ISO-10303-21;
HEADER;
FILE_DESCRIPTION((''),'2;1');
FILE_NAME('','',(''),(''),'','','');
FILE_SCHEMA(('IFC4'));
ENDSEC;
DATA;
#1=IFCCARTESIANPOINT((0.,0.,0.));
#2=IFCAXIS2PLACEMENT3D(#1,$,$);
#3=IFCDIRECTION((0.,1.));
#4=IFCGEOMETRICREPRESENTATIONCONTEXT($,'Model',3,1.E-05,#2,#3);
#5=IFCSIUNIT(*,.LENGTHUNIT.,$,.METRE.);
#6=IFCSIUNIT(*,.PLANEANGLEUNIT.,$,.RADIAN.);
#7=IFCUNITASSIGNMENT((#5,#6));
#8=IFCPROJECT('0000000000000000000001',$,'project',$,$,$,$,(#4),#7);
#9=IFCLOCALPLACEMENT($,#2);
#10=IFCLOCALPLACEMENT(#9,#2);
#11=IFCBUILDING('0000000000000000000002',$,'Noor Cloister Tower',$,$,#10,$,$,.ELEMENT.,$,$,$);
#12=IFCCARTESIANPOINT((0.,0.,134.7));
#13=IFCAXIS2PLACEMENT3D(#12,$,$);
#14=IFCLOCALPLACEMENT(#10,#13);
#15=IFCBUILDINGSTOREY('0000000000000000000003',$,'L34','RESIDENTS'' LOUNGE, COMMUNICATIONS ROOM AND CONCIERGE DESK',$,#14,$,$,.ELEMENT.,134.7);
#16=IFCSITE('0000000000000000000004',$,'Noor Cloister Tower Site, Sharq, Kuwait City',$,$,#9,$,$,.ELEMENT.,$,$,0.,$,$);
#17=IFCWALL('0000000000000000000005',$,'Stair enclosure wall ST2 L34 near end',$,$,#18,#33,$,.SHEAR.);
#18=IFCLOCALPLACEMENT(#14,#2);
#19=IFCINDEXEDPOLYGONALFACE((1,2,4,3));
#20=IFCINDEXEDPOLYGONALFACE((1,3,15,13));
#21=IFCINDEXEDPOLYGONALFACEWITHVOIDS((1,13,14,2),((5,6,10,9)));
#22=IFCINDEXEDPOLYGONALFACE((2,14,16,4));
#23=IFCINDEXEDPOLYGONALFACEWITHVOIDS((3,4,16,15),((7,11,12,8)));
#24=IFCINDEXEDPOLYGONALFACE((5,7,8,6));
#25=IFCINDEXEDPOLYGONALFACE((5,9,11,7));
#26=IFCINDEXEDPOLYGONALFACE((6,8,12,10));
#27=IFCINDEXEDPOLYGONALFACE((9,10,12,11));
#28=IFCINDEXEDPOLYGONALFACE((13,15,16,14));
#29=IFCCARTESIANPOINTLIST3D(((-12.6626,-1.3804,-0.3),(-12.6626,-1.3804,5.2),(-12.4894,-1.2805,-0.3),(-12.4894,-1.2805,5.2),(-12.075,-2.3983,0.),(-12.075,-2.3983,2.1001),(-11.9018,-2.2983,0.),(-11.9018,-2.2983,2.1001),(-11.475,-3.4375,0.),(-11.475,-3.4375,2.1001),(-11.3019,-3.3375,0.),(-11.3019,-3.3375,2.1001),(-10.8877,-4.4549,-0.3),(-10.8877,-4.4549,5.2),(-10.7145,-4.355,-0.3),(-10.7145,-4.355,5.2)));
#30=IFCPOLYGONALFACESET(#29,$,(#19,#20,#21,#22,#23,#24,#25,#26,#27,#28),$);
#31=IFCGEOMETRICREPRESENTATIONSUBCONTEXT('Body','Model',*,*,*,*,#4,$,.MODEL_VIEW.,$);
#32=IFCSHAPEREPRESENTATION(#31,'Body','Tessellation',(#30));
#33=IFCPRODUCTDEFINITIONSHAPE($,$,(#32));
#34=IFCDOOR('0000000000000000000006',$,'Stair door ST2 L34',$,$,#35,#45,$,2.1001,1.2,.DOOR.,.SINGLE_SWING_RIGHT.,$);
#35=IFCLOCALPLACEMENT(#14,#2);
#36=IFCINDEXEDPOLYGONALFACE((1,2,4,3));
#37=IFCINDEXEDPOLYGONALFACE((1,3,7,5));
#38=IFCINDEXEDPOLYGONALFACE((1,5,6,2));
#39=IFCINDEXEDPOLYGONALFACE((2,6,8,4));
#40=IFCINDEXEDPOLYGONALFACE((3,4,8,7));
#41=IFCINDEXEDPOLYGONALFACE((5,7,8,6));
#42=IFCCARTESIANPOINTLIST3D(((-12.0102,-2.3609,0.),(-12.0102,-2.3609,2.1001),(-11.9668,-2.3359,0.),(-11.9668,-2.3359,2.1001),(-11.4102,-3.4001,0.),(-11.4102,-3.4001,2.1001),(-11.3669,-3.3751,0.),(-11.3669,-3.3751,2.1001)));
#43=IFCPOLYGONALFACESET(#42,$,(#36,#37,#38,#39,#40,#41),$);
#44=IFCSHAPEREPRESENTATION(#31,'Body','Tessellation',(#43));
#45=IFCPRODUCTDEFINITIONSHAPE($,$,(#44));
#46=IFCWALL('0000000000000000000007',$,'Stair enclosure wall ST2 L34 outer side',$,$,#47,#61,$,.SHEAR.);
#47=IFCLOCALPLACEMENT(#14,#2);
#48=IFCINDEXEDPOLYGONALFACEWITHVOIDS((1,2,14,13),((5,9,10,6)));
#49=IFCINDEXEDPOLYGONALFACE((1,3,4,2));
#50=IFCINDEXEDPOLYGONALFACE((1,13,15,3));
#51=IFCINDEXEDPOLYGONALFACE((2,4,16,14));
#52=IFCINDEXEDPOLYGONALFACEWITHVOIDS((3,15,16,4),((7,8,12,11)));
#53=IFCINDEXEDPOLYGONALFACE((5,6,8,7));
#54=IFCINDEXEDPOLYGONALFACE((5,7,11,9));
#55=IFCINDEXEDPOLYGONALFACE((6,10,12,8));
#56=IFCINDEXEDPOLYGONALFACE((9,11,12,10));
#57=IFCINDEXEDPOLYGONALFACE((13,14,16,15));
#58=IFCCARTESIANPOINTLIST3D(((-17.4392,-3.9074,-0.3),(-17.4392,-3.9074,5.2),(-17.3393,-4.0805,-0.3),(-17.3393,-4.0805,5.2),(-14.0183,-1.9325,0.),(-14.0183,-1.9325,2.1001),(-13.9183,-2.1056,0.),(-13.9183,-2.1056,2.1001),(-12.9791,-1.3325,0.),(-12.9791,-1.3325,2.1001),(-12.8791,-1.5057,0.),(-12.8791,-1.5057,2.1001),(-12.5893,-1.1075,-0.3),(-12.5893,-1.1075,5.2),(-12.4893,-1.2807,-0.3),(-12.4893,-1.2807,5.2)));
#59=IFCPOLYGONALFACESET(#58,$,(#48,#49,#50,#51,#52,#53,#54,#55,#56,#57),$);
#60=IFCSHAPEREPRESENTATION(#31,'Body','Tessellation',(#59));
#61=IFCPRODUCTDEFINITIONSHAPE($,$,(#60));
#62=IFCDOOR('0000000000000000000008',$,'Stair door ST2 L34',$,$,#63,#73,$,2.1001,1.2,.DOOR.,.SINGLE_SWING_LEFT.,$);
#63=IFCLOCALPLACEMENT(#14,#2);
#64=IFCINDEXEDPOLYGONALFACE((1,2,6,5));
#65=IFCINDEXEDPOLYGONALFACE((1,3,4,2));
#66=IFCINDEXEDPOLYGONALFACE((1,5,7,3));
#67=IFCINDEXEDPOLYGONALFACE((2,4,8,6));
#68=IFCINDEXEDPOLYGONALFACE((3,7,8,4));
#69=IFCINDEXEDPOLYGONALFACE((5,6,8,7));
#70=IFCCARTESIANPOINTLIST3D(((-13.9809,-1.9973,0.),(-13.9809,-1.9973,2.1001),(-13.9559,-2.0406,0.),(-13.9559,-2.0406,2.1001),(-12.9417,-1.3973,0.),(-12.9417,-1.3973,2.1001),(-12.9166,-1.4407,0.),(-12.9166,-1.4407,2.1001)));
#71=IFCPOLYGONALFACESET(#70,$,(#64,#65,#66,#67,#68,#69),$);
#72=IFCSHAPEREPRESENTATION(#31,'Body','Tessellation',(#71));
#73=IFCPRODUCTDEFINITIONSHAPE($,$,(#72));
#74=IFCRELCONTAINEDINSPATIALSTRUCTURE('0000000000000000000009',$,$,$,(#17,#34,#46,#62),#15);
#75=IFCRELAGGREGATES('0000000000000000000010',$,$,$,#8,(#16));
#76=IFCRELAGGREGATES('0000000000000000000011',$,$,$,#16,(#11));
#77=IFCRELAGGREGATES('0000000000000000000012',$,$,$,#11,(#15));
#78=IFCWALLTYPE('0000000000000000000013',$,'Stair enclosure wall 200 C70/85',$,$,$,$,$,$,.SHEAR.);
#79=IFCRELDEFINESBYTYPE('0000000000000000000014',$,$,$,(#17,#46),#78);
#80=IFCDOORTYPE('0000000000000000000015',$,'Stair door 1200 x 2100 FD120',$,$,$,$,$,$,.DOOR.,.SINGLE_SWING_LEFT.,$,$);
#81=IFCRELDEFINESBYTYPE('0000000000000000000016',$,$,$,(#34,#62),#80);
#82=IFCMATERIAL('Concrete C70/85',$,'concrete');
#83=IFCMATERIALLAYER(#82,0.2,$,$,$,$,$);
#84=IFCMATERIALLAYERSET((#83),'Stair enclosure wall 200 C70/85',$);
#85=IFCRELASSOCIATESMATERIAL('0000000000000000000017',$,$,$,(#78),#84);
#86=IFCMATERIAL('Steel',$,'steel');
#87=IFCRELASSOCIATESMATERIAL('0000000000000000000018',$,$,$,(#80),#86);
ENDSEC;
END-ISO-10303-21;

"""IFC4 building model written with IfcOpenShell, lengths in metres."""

from ifc_helpers import new_model, si_unit, direction, frame, frame_2d, origin, place, context, subcontext, project, spatial, rectangle, extrude, material, layer, layer_set, type_object, element, fill, save


model = new_model("IFC4")

# Units and contexts
model_context = context("Model", 3, precision=1e-05, world=origin(), true_north=direction((0.0, 1.0)))
body_context = subcontext(model_context, "Body", "Model", "MODEL_VIEW")
ifc_project = project(units=[si_unit("LENGTHUNIT", "METRE"), si_unit("PLANEANGLEUNIT", "RADIAN")], contexts=[model_context])

# Site, building, storey
site_placement = place(None, origin())
site = spatial("IfcSite", under=ifc_project, at=site_placement, Name="Noor Cloister Tower Site, Sharq, Kuwait City", CompositionType="ELEMENT", RefElevation=0.0)
building_placement = place(site_placement, origin())
building = spatial("IfcBuilding", under=site, at=building_placement, Name="Noor Cloister Tower", CompositionType="ELEMENT")
storey_placement = place(building_placement, frame((0.0, 0.0, 134.7)))
storey = spatial("IfcBuildingStorey", under=building, at=storey_placement, Name="L34", Description="RESIDENTS' LOUNGE, COMMUNICATIONS ROOM AND CONCIERGE DESK", CompositionType="ELEMENT", Elevation=134.7)

# Walls, openings, doors
ifc_material_1 = material(Name="Concrete C70/85", Category="concrete")
ifc_layer_1 = layer(ifc_material_1, 0.2)
ifc_layer_set_1 = layer_set([ifc_layer_1], Name="Stair enclosure wall 200 C70/85")
wall_type_1 = type_object("IfcWallType", Name="Stair enclosure wall 200 C70/85", PredefinedType="SHEAR", material=ifc_layer_set_1)
wall_1_placement = place(storey_placement, frame((-12.5759, -1.3306, -0.3), z_axis=(0.0, 0.0, 1.0), x_axis=(0.49997, -0.866042, 0.0)))
wall_1 = element("IfcWall", 1, at=wall_1_placement, inside=storey, type_object=wall_type_1, Name="Stair enclosure wall ST2 L34 near end", PredefinedType="SHEAR", context=body_context, shape_type="SweptSolid", body=[
    extrude(rectangle(XDim=3.55, YDim=0.2, at=frame_2d((1.7749, 0.0))), origin(), (0.0, 0.0, 1.0), 5.5),
])
opening_1_placement = place(wall_1_placement, frame((1.175, 0.0, 0.3)))
opening_1 = element("IfcOpeningElement", 2, at=opening_1_placement, cuts=wall_1, PredefinedType="OPENING", context=body_context, shape_type="SweptSolid", body=[
    extrude(rectangle(XDim=1.2, YDim=2.1001, at=frame_2d((0.6001, 1.05))), frame((0.0, 0.1099, 0.0), z_axis=(0.0, -1.0, 0.0), x_axis=(1.0, 0.0, 0.0)), (0.0, 0.0, 1.0), 0.22),
])
ifc_material_2 = material(Name="Steel", Category="steel")
door_type_1 = type_object("IfcDoorType", Name="Stair door 1200 x 2100 FD120", OperationType="SINGLE_SWING_LEFT", PredefinedType="DOOR", material=ifc_material_2)
door_1_placement = place(opening_1_placement, origin())
door_1 = element("IfcDoor", 3, at=door_1_placement, inside=storey, type_object=door_type_1, Name="Stair door ST2 L34", OperationType="SINGLE_SWING_RIGHT", OverallHeight=2.1001, OverallWidth=1.2, PredefinedType="DOOR", context=body_context, shape_type="SweptSolid", body=[
    extrude(rectangle(XDim=1.2, YDim=2.1001, at=frame_2d((0.6001, 1.05))), frame((0.0, 0.0249, 0.0), z_axis=(0.0, -1.0, 0.0), x_axis=(1.0, 0.0, 0.0)), (0.0, 0.0, 1.0), 0.05),
])
fill(opening_1, door_1)
wall_2_placement = place(storey_placement, frame((-12.5393, -1.1941, -0.3), z_axis=(0.0, 0.0, 1.0), x_axis=(-0.866045, -0.499965, 0.0)))
wall_2 = element("IfcWall", 4, at=wall_2_placement, inside=storey, type_object=wall_type_1, Name="Stair enclosure wall ST2 L34 outer side", PredefinedType="SHEAR", context=body_context, shape_type="SweptSolid", body=[
    extrude(rectangle(XDim=5.6001, YDim=0.2, at=frame_2d((2.8, 0.0))), origin(), (0.0, 0.0, 1.0), 5.5),
])
opening_2_placement = place(wall_2_placement, frame((0.45, 0.0, 0.3)))
opening_2 = element("IfcOpeningElement", 5, at=opening_2_placement, cuts=wall_2, PredefinedType="OPENING", context=body_context, shape_type="SweptSolid", body=[
    extrude(rectangle(XDim=1.2, YDim=2.1001, at=frame_2d((0.6001, 1.05))), frame((0.0, 0.1099, 0.0), z_axis=(0.0, -1.0, 0.0), x_axis=(1.0, 0.0, 0.0)), (0.0, 0.0, 1.0), 0.22),
])
door_2_placement = place(opening_2_placement, origin())
door_2 = element("IfcDoor", 6, at=door_2_placement, inside=storey, type_object=door_type_1, Name="Stair door ST2 L34", OperationType="SINGLE_SWING_LEFT", OverallHeight=2.1001, OverallWidth=1.2, PredefinedType="DOOR", context=body_context, shape_type="SweptSolid", body=[
    extrude(rectangle(XDim=1.2, YDim=2.1001, at=frame_2d((0.6001, 1.05))), frame((0.0, 0.0249, 0.0), z_axis=(0.0, -1.0, 0.0), x_axis=(1.0, 0.0, 0.0)), (0.0, 0.0, 1.0), 0.05),
])
fill(opening_2, door_2)

save(model, "model.ifc")
